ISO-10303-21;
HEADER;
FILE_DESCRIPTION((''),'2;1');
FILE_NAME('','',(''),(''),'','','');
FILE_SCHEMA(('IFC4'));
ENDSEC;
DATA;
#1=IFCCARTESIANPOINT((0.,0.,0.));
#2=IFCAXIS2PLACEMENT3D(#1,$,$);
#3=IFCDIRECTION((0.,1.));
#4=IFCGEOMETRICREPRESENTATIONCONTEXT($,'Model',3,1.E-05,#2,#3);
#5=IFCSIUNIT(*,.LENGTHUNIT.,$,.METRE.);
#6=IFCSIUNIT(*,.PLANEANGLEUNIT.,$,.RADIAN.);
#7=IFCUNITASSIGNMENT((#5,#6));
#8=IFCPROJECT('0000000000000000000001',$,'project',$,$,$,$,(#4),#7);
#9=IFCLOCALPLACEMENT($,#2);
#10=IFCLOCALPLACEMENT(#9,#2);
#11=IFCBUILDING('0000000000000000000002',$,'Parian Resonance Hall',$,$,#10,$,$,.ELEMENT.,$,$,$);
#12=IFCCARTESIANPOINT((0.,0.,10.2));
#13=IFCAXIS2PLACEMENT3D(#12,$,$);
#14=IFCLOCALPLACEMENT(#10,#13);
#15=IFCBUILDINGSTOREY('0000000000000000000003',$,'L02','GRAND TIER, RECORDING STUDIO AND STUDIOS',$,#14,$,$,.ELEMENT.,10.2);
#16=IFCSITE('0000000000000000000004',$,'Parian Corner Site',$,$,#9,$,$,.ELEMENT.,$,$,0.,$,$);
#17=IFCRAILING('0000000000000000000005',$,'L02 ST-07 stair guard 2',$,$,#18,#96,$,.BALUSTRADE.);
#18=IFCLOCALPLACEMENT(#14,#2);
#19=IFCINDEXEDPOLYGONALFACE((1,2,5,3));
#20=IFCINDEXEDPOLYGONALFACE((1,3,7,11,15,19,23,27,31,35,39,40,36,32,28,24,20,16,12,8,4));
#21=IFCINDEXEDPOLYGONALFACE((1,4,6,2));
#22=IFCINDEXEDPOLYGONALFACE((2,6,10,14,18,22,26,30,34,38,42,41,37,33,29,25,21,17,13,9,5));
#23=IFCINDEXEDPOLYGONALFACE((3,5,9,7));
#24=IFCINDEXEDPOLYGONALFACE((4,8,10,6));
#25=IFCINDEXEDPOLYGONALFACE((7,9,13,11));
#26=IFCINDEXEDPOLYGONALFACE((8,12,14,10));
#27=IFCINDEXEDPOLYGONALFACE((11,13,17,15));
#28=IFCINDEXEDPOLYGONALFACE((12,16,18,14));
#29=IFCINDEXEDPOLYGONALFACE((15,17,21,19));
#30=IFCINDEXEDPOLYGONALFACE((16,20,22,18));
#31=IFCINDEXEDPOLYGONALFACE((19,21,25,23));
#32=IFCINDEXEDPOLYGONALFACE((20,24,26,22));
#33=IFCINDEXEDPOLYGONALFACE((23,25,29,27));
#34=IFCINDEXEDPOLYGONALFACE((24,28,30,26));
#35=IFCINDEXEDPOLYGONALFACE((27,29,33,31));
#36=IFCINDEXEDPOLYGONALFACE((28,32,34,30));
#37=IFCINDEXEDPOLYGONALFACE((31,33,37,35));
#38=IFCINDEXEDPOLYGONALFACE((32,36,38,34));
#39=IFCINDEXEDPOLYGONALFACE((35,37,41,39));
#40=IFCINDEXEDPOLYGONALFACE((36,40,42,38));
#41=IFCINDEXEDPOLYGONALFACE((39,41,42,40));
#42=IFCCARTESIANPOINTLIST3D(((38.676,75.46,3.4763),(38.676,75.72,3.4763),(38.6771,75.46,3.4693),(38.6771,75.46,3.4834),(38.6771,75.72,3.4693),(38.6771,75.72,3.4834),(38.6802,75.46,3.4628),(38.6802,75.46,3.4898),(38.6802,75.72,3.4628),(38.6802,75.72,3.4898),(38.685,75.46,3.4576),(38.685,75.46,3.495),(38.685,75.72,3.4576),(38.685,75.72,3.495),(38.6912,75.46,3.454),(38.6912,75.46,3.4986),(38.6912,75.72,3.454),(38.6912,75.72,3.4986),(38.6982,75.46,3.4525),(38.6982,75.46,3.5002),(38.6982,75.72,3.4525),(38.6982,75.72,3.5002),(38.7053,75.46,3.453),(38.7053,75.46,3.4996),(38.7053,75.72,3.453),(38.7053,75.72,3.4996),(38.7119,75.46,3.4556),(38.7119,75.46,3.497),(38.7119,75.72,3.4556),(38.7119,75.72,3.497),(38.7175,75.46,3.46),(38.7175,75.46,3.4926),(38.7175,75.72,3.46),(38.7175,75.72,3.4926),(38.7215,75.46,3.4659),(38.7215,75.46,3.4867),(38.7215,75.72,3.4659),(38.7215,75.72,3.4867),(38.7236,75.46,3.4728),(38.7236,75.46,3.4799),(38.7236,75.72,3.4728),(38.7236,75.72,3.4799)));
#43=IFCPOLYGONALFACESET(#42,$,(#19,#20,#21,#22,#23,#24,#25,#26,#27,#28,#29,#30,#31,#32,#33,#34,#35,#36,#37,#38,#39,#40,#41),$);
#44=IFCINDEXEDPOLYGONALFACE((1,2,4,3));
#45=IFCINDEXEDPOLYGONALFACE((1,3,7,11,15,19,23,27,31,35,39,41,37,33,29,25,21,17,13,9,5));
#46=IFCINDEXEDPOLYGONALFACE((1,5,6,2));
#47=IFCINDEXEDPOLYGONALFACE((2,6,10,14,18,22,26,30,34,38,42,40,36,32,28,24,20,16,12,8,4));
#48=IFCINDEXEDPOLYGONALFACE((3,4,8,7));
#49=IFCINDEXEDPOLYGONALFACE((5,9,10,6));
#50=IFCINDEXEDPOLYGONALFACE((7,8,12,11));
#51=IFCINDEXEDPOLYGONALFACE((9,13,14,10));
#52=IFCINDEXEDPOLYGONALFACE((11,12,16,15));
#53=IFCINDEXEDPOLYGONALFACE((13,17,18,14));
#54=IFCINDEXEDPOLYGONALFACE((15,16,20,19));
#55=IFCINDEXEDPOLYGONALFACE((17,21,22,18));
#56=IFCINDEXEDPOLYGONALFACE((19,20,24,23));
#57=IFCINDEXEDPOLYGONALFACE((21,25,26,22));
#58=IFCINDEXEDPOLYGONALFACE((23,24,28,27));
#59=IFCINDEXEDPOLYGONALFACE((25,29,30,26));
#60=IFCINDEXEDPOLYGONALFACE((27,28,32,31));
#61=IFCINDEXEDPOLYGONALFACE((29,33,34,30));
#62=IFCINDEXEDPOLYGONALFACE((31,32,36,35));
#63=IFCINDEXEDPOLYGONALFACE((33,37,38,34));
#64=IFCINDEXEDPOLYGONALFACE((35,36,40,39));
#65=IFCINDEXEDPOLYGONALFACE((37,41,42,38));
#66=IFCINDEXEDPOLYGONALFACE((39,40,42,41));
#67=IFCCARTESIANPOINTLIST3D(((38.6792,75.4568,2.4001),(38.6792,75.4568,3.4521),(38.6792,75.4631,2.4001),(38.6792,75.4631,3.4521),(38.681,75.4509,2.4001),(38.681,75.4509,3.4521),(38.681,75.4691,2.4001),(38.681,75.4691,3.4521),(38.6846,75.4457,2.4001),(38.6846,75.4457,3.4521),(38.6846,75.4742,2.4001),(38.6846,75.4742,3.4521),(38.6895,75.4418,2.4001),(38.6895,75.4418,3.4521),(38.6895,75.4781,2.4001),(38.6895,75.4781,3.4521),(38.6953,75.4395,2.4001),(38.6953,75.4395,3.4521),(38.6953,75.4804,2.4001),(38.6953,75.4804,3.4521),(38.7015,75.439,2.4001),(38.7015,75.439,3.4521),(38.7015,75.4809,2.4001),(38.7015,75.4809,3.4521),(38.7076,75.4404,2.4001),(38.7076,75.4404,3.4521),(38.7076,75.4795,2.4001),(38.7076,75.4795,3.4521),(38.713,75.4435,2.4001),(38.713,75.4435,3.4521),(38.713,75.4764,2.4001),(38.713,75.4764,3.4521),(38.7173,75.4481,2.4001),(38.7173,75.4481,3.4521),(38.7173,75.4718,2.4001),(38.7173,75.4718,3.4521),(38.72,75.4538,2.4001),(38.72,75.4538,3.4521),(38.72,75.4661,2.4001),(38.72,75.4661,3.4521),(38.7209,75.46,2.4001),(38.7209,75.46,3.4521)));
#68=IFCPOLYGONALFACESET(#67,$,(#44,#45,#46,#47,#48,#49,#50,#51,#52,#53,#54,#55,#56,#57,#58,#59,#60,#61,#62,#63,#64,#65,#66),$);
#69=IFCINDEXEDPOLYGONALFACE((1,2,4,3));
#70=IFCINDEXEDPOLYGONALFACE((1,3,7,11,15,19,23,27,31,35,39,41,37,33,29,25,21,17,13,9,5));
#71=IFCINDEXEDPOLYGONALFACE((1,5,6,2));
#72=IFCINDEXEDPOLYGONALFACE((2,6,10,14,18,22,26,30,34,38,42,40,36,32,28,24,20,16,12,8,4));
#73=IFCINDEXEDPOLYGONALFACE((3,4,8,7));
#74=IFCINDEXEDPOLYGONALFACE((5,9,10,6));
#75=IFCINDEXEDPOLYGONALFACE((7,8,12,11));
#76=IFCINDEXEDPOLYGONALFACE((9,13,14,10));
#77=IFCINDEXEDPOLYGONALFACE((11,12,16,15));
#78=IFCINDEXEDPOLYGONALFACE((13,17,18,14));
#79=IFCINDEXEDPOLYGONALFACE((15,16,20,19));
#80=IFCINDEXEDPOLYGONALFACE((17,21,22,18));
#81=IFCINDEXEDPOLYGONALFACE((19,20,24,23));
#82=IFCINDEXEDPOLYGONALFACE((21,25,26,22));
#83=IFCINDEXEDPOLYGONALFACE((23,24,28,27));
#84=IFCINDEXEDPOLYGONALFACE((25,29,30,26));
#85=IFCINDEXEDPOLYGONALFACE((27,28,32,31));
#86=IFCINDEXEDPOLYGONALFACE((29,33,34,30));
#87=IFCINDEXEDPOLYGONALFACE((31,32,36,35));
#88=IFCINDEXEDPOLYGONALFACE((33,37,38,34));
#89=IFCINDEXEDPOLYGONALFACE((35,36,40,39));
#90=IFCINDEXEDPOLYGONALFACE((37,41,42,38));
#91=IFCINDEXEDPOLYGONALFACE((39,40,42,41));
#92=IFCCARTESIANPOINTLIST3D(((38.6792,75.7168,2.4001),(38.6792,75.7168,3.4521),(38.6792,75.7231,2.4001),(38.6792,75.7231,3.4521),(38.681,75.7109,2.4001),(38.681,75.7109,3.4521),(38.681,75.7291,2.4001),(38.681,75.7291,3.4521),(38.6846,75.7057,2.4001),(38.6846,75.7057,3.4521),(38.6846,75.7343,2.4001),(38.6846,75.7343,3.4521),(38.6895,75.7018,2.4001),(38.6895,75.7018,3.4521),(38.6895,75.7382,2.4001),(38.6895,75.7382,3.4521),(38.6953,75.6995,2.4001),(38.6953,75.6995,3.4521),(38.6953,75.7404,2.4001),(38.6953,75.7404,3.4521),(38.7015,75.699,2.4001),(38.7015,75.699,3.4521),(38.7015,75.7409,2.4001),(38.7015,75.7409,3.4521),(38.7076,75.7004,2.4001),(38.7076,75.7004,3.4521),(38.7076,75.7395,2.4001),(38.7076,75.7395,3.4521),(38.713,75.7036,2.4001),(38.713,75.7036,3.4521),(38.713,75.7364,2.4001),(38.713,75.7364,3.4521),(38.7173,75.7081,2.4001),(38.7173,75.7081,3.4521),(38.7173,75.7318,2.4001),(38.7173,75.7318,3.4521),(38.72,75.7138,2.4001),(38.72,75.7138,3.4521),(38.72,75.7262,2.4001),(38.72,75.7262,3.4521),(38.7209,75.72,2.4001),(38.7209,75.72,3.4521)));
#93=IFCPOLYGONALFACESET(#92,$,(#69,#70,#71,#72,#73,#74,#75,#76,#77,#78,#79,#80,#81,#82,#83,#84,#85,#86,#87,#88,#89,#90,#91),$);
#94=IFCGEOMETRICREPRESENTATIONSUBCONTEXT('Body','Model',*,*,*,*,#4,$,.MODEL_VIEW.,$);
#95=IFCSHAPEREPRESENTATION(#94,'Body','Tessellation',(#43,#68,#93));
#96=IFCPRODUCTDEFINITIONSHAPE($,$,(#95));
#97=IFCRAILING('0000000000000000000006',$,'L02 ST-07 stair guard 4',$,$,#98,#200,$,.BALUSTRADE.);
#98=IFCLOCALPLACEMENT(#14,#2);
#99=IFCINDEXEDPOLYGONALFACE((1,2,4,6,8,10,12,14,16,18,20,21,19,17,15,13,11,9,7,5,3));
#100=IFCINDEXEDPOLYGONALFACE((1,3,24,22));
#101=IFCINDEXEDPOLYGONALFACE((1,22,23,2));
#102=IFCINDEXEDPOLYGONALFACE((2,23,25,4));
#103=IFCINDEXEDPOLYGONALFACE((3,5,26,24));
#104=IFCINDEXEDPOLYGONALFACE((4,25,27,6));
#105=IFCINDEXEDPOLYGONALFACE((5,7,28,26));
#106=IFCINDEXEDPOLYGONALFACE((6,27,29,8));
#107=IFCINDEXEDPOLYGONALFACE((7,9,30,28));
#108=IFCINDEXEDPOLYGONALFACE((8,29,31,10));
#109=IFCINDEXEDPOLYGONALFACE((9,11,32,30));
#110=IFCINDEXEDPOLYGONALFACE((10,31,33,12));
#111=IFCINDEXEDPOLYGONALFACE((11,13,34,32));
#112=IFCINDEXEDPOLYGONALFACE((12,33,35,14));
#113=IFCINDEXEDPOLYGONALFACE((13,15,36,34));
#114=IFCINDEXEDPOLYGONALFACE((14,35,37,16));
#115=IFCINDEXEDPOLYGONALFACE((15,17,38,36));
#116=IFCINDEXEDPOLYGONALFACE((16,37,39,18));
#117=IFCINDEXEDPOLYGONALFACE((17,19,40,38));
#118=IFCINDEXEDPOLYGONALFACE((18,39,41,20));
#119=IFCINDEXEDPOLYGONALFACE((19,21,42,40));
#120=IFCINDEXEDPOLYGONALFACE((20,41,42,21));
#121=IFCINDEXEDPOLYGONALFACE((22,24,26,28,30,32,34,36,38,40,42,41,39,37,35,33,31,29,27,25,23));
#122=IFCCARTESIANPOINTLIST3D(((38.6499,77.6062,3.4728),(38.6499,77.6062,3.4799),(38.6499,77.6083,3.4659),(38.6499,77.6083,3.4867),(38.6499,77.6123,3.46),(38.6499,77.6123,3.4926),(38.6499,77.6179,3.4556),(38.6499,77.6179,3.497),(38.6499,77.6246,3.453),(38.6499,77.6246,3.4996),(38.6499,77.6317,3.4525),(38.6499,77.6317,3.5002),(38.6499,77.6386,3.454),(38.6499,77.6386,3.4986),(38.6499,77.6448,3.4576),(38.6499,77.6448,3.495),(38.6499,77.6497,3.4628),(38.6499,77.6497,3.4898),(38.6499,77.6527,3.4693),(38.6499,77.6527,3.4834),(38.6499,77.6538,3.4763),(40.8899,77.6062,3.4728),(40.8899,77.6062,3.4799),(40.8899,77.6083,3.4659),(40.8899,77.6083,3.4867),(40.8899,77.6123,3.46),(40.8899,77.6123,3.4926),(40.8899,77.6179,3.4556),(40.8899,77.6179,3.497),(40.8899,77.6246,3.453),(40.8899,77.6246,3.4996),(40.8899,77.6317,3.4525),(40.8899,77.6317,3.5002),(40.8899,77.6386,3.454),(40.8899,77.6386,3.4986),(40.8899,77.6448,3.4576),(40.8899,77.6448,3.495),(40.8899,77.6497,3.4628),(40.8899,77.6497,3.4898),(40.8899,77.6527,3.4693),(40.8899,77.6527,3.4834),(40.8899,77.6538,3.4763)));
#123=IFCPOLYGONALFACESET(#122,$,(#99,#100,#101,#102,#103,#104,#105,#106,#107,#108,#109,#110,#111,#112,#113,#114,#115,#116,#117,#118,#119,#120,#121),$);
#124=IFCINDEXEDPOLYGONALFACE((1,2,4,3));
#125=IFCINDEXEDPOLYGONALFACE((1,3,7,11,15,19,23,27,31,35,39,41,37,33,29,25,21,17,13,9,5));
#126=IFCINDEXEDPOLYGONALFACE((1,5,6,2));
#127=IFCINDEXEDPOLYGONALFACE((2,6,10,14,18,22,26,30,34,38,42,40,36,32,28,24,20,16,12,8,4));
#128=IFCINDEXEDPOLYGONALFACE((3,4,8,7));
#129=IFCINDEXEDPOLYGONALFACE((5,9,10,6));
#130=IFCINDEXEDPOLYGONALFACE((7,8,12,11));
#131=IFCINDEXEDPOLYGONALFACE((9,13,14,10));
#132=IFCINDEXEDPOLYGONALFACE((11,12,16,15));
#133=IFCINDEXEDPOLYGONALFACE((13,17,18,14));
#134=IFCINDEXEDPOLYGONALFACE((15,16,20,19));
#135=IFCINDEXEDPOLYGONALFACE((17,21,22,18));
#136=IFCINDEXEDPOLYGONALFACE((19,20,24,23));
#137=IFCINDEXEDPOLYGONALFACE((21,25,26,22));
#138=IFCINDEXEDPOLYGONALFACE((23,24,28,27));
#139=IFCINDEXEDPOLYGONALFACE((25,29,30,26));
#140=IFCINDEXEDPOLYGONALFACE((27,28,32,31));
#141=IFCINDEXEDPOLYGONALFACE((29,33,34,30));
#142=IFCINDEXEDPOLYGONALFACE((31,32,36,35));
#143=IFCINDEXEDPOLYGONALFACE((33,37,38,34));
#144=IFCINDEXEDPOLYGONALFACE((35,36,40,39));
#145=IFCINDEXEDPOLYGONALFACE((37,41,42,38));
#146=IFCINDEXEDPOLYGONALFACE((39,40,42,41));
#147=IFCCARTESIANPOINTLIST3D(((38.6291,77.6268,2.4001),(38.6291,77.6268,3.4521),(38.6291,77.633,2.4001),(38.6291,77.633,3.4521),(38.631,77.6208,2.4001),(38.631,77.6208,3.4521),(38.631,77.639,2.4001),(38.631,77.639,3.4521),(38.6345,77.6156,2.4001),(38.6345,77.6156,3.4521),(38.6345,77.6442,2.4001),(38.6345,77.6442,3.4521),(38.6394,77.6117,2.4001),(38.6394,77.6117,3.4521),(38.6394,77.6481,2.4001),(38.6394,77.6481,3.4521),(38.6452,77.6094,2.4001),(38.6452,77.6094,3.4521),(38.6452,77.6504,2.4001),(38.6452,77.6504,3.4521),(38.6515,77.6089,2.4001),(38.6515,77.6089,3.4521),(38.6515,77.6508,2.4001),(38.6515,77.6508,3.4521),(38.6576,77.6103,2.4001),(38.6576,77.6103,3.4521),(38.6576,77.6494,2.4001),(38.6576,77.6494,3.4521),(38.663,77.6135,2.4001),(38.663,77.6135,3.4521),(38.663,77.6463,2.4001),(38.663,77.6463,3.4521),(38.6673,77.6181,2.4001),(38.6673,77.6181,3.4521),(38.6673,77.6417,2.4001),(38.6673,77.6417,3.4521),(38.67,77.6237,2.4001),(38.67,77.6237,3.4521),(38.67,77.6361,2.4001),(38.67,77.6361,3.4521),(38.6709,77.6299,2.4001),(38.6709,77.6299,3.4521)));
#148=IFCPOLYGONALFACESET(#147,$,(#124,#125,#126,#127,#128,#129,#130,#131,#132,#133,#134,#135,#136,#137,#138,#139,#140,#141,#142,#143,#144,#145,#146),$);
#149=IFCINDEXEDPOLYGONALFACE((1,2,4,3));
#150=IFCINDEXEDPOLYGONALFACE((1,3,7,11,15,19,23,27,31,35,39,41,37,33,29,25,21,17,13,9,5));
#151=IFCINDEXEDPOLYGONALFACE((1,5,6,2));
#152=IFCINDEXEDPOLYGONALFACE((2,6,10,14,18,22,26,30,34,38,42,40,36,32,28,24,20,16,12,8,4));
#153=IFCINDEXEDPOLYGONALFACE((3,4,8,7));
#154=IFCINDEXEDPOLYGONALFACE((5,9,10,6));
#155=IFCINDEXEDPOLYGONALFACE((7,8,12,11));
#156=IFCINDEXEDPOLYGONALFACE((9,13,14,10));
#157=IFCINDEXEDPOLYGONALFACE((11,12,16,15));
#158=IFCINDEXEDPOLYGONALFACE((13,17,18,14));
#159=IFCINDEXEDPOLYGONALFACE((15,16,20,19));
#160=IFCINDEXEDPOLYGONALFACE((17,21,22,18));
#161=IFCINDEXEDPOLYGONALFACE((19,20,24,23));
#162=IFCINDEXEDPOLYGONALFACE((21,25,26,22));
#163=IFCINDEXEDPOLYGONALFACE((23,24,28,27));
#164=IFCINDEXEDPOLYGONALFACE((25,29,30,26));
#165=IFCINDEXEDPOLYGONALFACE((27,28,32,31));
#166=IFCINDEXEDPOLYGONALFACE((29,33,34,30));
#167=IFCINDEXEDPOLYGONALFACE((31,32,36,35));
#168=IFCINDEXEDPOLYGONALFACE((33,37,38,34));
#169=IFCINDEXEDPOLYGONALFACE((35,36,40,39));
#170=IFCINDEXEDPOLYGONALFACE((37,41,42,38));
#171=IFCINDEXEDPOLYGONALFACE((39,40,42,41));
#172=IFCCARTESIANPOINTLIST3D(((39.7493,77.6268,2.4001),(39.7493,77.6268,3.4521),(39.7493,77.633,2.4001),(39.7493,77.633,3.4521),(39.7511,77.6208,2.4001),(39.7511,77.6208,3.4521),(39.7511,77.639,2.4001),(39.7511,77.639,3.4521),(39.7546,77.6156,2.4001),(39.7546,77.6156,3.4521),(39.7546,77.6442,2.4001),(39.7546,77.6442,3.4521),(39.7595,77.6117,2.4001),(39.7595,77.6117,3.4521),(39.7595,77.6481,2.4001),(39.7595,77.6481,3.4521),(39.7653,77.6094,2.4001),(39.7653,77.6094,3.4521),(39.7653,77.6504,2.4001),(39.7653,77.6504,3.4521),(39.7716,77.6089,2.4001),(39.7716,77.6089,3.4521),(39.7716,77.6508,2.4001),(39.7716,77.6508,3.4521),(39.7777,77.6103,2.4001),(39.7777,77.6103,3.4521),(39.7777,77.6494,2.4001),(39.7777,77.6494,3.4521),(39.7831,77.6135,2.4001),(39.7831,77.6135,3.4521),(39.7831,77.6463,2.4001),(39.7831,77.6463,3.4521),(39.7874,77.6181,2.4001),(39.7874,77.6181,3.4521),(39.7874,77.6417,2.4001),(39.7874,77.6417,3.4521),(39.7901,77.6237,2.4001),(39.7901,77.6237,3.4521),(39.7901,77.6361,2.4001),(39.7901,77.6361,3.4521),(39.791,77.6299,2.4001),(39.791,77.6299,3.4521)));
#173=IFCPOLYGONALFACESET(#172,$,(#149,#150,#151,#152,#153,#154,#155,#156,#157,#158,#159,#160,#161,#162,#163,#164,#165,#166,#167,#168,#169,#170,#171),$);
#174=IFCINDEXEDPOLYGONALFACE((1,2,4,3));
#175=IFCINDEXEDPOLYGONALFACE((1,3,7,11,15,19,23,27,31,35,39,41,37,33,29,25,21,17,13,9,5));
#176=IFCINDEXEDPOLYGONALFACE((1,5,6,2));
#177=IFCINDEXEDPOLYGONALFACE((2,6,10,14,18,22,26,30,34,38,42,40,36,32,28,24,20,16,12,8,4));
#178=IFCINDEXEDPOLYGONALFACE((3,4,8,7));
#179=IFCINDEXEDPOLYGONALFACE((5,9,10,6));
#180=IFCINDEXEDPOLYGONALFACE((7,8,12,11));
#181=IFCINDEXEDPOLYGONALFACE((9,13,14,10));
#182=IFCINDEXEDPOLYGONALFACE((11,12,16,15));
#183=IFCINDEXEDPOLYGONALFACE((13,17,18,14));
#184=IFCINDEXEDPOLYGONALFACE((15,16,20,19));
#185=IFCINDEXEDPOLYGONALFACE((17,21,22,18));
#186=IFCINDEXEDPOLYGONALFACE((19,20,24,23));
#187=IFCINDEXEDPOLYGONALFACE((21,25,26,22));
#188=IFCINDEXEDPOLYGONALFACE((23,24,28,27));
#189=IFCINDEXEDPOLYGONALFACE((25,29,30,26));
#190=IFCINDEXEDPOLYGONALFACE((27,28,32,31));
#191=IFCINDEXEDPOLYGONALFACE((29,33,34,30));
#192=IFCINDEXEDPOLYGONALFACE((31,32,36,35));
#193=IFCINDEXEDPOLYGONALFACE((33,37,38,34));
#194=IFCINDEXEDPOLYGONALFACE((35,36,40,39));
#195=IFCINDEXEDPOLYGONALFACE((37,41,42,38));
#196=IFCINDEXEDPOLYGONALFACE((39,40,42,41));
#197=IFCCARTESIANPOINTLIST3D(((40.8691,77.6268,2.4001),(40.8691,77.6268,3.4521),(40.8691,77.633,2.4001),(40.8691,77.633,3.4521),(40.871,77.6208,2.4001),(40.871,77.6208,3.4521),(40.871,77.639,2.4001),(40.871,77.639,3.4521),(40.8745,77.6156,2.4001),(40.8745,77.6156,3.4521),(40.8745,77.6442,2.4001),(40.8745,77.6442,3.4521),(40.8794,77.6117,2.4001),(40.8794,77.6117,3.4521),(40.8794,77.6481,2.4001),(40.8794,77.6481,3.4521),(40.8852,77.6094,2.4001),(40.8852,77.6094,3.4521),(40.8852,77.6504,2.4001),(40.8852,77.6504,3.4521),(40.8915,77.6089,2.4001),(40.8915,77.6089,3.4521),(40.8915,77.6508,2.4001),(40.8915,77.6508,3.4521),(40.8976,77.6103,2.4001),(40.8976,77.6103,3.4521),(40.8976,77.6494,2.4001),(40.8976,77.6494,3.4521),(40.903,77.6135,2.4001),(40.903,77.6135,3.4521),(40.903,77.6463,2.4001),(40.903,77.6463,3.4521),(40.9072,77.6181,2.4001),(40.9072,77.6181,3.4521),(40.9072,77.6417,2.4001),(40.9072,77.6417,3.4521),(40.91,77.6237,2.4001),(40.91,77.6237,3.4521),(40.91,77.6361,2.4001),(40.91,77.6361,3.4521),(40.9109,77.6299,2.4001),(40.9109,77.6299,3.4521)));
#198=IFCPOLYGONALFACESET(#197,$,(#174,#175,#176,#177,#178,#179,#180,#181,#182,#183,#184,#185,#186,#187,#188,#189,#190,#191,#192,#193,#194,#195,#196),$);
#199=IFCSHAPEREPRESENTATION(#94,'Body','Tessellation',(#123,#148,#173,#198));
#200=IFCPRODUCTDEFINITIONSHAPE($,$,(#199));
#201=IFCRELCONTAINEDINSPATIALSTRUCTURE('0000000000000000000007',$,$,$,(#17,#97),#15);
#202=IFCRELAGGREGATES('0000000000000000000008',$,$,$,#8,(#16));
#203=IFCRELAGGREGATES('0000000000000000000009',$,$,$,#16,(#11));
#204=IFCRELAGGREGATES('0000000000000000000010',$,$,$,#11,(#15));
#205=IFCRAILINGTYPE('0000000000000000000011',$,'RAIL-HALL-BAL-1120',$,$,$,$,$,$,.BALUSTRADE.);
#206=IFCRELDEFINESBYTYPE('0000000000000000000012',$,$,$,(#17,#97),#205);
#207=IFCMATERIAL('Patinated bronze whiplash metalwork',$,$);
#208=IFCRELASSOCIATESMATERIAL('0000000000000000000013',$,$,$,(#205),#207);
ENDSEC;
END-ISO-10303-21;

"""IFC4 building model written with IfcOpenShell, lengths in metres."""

from ifc_helpers import new_model, si_unit, direction, frame, origin, origin_2d, place, context, subcontext, project, spatial, circle, extrude, material, type_object, element, save


model = new_model("IFC4")

# Units and contexts
model_context = context("Model", 3, precision=1e-05, world=origin(), true_north=direction((0.0, 1.0)))
body_context = subcontext(model_context, "Body", "Model", "MODEL_VIEW")
ifc_project = project(units=[si_unit("LENGTHUNIT", "METRE"), si_unit("PLANEANGLEUNIT", "RADIAN")], contexts=[model_context])

# Site, building, storey
site_placement = place(None, origin())
site = spatial("IfcSite", under=ifc_project, at=site_placement, Name="Parian Corner Site", CompositionType="ELEMENT", RefElevation=0.0)
building_placement = place(site_placement, origin())
building = spatial("IfcBuilding", under=site, at=building_placement, Name="Parian Resonance Hall", CompositionType="ELEMENT")
storey_placement = place(building_placement, frame((0.0, 0.0, 10.2)))
storey = spatial("IfcBuildingStorey", under=building, at=storey_placement, Name="L02", Description="GRAND TIER, RECORDING STUDIO AND STUDIOS", CompositionType="ELEMENT", Elevation=10.2)

# Railings
ifc_material_1 = material(Name="Patinated bronze whiplash metalwork")
railing_type_1 = type_object("IfcRailingType", Name="RAIL-HALL-BAL-1120", PredefinedType="BALUSTRADE", material=ifc_material_1)
railing_1_placement = place(storey_placement, frame((38.7, 75.46, 2.4001)))
element("IfcRailing", 1, at=railing_1_placement, inside=storey, type_object=railing_type_1, Name="L02 ST-07 stair guard 2", PredefinedType="BALUSTRADE", context=body_context, shape_type="SweptSolid", body=[
    extrude(circle(Radius=0.0239, at=origin_2d()), frame((0.0, 0.0, 1.0762), z_axis=(0.0, 1.0, 0.0), x_axis=(-1.0, 0.0, 0.0)), (0.0, 0.0, 1.0), 0.26),
    extrude(circle(Radius=0.021, at=origin_2d()), origin(), (0.0, 0.0, 1.0), 1.052),
    extrude(circle(Radius=0.021, at=origin_2d()), frame((0.0, 0.26, 0.0)), (0.0, 0.0, 1.0), 1.052),
])
railing_2_placement = place(storey_placement, frame((38.6499, 77.6299, 2.4001)))
element("IfcRailing", 2, at=railing_2_placement, inside=storey, type_object=railing_type_1, Name="L02 ST-07 stair guard 4", PredefinedType="BALUSTRADE", context=body_context, shape_type="SweptSolid", body=[
    extrude(circle(Radius=0.0239, at=origin_2d()), frame((0.0, 0.0, 1.0762), z_axis=(1.0, 0.0, 0.0), x_axis=(0.0, 1.0, 0.0)), (0.0, 0.0, 1.0), 2.24),
    extrude(circle(Radius=0.021, at=origin_2d()), origin(), (0.0, 0.0, 1.0), 1.052),
    extrude(circle(Radius=0.021, at=origin_2d()), frame((1.1201, 0.0, 0.0)), (0.0, 0.0, 1.0), 1.052),
    extrude(circle(Radius=0.021, at=origin_2d()), frame((2.24, 0.0, 0.0)), (0.0, 0.0, 1.0), 1.052),
])

save(model, "model.ifc")
